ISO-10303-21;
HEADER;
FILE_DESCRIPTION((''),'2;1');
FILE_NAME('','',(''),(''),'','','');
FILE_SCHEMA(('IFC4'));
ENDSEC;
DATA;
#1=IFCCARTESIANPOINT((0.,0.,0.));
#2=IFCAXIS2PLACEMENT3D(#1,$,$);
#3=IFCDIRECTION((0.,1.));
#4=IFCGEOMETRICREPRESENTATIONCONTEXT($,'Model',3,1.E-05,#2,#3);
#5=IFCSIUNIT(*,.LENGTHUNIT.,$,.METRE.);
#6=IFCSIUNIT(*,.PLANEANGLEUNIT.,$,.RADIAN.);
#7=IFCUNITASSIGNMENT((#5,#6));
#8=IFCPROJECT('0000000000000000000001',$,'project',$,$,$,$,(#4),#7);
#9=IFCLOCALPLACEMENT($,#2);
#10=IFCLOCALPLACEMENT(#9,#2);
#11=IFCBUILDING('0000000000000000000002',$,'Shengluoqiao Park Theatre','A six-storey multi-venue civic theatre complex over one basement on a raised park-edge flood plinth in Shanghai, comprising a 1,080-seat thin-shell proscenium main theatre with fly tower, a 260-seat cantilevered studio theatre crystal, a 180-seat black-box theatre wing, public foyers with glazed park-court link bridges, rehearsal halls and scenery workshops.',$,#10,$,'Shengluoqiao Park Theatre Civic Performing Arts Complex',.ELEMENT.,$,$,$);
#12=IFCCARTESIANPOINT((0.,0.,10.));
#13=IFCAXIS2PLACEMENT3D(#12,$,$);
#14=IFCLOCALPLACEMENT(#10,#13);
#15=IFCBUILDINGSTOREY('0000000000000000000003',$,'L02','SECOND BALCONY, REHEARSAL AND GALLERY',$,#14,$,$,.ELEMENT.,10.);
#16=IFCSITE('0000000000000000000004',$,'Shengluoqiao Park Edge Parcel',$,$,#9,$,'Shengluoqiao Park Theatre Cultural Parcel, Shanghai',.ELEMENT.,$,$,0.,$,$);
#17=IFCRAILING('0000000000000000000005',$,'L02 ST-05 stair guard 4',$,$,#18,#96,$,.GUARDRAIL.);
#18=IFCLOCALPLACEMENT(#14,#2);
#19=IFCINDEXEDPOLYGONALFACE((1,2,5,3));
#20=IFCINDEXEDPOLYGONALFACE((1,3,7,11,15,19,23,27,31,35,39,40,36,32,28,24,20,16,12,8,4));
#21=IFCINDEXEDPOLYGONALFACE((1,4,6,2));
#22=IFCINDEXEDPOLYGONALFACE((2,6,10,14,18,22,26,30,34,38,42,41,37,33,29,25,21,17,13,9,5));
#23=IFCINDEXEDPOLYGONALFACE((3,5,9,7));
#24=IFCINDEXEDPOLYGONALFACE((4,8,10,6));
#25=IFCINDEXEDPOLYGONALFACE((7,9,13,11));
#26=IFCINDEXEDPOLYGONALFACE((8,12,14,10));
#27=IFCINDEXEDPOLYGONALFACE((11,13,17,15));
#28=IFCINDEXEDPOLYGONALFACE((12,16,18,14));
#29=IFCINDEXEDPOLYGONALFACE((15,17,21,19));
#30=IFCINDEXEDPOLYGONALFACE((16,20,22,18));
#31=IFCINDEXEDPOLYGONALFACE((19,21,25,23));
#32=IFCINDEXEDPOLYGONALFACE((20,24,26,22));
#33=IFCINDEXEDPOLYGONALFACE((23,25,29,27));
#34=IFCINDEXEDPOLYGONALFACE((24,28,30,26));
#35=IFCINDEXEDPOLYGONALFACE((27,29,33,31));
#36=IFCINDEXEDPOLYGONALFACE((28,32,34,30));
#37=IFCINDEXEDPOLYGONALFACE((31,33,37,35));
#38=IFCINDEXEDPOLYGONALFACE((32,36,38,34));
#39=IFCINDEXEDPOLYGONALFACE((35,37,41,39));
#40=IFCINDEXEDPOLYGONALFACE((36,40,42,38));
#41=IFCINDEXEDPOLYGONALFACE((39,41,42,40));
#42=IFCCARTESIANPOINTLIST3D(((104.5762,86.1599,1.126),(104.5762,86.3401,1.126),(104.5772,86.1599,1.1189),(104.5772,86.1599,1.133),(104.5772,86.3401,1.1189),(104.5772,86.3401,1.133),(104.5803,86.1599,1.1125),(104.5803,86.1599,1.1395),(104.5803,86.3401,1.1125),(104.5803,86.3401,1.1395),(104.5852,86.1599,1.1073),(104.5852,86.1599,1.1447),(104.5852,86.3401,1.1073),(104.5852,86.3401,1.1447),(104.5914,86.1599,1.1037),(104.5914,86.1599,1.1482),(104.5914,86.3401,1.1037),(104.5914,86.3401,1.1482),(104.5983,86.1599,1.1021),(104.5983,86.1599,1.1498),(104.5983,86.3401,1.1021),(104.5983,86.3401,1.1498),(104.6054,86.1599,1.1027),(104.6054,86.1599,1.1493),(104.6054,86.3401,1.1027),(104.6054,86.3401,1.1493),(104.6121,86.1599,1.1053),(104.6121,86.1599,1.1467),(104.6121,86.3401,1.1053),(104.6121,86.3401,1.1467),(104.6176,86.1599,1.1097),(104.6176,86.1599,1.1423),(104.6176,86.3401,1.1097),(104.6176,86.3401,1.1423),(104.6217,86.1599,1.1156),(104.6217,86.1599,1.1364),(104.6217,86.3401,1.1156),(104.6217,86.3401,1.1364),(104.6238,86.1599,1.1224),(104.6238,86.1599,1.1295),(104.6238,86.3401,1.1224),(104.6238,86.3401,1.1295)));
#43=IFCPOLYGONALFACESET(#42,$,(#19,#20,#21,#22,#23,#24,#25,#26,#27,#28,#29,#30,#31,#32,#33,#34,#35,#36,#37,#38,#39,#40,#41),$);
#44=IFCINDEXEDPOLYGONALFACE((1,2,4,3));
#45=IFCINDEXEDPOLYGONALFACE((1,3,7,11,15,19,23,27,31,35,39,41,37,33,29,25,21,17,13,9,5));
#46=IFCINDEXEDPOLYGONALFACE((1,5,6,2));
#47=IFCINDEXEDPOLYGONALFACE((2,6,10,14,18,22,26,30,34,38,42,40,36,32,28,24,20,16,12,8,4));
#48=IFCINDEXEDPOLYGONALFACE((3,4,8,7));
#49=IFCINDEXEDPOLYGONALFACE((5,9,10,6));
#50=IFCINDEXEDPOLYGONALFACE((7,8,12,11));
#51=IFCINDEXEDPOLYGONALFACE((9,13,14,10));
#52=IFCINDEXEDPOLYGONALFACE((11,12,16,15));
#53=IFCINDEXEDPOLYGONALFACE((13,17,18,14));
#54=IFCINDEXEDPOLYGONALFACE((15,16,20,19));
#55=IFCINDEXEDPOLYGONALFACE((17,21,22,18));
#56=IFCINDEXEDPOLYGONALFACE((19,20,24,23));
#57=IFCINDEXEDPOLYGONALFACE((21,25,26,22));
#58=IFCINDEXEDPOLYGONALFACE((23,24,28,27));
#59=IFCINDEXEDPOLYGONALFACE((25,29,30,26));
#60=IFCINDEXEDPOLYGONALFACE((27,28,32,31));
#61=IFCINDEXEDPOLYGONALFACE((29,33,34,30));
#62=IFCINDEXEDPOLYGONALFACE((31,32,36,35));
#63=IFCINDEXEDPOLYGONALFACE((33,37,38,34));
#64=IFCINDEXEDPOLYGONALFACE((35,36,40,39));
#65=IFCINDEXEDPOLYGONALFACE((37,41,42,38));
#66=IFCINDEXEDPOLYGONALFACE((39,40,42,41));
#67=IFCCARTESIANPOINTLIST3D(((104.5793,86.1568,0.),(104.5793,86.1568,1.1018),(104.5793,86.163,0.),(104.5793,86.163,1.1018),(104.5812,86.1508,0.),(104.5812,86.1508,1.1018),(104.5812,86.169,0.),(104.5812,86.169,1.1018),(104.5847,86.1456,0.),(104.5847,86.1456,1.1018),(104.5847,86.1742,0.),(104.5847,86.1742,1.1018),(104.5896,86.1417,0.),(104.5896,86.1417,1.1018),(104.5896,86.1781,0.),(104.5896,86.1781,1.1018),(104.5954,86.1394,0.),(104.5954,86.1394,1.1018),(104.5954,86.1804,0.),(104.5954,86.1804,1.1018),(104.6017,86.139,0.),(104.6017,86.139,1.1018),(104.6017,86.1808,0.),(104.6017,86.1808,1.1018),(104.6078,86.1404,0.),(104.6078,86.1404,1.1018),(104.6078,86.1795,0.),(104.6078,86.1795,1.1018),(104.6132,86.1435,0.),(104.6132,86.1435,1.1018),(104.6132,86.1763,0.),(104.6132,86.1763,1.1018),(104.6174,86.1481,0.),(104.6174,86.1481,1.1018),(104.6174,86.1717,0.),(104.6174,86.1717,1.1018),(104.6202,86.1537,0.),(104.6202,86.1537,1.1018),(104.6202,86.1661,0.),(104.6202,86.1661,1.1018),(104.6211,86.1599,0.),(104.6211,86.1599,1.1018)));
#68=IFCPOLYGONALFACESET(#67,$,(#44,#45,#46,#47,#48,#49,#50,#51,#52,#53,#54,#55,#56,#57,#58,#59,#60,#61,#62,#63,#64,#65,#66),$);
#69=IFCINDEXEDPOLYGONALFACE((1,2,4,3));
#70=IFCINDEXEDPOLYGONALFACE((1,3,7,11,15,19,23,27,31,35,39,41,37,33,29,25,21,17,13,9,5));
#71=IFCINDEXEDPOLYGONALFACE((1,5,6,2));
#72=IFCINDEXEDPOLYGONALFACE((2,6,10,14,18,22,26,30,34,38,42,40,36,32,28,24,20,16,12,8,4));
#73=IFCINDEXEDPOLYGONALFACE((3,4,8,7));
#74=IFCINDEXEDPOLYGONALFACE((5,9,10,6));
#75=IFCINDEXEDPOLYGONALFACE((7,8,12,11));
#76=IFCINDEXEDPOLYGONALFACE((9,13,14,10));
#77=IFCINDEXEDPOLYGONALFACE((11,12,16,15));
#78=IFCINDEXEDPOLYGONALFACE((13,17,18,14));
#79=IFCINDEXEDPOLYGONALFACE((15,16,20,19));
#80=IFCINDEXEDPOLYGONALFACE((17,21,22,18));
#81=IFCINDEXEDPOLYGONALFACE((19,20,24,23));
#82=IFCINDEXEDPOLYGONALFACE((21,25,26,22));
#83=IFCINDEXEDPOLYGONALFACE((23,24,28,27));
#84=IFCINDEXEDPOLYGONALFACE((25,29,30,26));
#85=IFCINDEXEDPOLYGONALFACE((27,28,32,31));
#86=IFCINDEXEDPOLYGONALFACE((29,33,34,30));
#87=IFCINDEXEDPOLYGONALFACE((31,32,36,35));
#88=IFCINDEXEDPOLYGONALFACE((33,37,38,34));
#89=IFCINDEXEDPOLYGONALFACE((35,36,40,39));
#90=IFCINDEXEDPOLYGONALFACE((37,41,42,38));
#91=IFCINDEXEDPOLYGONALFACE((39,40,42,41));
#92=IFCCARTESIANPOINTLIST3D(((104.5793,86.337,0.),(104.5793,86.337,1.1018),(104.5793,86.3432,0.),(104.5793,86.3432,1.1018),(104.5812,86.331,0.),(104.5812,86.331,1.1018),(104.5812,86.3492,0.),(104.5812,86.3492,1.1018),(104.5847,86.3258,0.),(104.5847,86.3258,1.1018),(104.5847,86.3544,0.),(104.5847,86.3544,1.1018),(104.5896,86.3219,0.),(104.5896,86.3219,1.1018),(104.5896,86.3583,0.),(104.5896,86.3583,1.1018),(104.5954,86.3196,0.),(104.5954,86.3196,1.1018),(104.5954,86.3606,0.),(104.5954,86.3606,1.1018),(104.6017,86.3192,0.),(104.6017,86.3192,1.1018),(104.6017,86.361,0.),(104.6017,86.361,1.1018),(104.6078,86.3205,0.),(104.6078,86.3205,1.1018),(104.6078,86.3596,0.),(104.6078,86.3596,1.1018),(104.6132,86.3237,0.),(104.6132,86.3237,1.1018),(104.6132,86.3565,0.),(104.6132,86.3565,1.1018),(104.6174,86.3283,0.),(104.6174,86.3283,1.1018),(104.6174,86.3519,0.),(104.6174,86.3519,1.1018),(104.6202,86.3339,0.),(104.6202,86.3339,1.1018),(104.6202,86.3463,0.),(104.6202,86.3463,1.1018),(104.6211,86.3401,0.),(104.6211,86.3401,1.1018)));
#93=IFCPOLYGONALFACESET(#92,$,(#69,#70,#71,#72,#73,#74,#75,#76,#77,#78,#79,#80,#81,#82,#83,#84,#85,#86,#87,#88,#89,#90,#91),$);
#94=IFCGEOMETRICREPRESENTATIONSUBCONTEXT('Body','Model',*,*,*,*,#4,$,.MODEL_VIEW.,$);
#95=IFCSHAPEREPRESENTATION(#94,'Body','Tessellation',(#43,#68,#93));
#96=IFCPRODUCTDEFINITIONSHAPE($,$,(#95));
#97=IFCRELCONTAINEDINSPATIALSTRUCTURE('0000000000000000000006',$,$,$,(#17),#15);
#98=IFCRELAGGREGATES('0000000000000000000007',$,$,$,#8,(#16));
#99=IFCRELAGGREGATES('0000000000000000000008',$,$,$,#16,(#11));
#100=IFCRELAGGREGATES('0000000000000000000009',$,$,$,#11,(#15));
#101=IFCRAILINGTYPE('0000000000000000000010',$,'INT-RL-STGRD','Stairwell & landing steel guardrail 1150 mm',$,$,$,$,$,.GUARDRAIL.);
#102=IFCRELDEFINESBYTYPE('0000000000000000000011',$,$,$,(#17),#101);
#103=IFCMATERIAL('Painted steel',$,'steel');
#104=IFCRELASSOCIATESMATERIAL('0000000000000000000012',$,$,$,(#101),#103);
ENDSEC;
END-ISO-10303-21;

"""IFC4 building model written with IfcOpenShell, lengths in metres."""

from ifc_helpers import new_model, si_unit, direction, frame, origin, origin_2d, place, context, subcontext, project, spatial, circle, extrude, material, type_object, element, save


model = new_model("IFC4")

# Units and contexts
model_context = context("Model", 3, precision=1e-05, world=origin(), true_north=direction((0.0, 1.0)))
body_context = subcontext(model_context, "Body", "Model", "MODEL_VIEW")
ifc_project = project(units=[si_unit("LENGTHUNIT", "METRE"), si_unit("PLANEANGLEUNIT", "RADIAN")], contexts=[model_context])

# Site, building, storey
site_placement = place(None, origin())
site = spatial("IfcSite", under=ifc_project, at=site_placement, Name="Shengluoqiao Park Edge Parcel", LongName="Shengluoqiao Park Theatre Cultural Parcel, Shanghai", CompositionType="ELEMENT", RefElevation=0.0)
building_placement = place(site_placement, origin())
building = spatial("IfcBuilding", under=site, at=building_placement, Name="Shengluoqiao Park Theatre", Description="A six-storey multi-venue civic theatre complex over one basement on a raised park-edge flood plinth in Shanghai, comprising a 1,080-seat thin-shell proscenium main theatre with fly tower, a 260-seat cantilevered studio theatre crystal, a 180-seat black-box theatre wing, public foyers with glazed park-court link bridges, rehearsal halls and scenery workshops.", LongName="Shengluoqiao Park Theatre Civic Performing Arts Complex", CompositionType="ELEMENT")
storey_placement = place(building_placement, frame((0.0, 0.0, 10.0)))
storey = spatial("IfcBuildingStorey", under=building, at=storey_placement, Name="L02", Description="SECOND BALCONY, REHEARSAL AND GALLERY", CompositionType="ELEMENT", Elevation=10.0)

# Railing
ifc_material_1 = material(Name="Painted steel", Category="steel")
railing_type_1 = type_object("IfcRailingType", Name="INT-RL-STGRD", Description="Stairwell & landing steel guardrail 1150 mm", PredefinedType="GUARDRAIL", material=ifc_material_1)
railing_1_placement = place(storey_placement, frame((104.6001, 86.1599, 0.0)))
element("IfcRailing", 1, at=railing_1_placement, inside=storey, type_object=railing_type_1, Name="L02 ST-05 stair guard 4", PredefinedType="GUARDRAIL", context=body_context, shape_type="SweptSolid", body=[
    extrude(circle(Radius=0.0239, at=origin_2d()), frame((0.0, 0.0, 1.126), z_axis=(0.0, 1.0, 0.0), x_axis=(-1.0, 0.0, 0.0)), (0.0, 0.0, 1.0), 0.1802),
    extrude(circle(Radius=0.021, at=origin_2d()), origin(), (0.0, 0.0, 1.0), 1.1018),
    extrude(circle(Radius=0.021, at=origin_2d()), frame((0.0, 0.1802, 0.0)), (0.0, 0.0, 1.0), 1.1018),
])

save(model, "model.ifc")
